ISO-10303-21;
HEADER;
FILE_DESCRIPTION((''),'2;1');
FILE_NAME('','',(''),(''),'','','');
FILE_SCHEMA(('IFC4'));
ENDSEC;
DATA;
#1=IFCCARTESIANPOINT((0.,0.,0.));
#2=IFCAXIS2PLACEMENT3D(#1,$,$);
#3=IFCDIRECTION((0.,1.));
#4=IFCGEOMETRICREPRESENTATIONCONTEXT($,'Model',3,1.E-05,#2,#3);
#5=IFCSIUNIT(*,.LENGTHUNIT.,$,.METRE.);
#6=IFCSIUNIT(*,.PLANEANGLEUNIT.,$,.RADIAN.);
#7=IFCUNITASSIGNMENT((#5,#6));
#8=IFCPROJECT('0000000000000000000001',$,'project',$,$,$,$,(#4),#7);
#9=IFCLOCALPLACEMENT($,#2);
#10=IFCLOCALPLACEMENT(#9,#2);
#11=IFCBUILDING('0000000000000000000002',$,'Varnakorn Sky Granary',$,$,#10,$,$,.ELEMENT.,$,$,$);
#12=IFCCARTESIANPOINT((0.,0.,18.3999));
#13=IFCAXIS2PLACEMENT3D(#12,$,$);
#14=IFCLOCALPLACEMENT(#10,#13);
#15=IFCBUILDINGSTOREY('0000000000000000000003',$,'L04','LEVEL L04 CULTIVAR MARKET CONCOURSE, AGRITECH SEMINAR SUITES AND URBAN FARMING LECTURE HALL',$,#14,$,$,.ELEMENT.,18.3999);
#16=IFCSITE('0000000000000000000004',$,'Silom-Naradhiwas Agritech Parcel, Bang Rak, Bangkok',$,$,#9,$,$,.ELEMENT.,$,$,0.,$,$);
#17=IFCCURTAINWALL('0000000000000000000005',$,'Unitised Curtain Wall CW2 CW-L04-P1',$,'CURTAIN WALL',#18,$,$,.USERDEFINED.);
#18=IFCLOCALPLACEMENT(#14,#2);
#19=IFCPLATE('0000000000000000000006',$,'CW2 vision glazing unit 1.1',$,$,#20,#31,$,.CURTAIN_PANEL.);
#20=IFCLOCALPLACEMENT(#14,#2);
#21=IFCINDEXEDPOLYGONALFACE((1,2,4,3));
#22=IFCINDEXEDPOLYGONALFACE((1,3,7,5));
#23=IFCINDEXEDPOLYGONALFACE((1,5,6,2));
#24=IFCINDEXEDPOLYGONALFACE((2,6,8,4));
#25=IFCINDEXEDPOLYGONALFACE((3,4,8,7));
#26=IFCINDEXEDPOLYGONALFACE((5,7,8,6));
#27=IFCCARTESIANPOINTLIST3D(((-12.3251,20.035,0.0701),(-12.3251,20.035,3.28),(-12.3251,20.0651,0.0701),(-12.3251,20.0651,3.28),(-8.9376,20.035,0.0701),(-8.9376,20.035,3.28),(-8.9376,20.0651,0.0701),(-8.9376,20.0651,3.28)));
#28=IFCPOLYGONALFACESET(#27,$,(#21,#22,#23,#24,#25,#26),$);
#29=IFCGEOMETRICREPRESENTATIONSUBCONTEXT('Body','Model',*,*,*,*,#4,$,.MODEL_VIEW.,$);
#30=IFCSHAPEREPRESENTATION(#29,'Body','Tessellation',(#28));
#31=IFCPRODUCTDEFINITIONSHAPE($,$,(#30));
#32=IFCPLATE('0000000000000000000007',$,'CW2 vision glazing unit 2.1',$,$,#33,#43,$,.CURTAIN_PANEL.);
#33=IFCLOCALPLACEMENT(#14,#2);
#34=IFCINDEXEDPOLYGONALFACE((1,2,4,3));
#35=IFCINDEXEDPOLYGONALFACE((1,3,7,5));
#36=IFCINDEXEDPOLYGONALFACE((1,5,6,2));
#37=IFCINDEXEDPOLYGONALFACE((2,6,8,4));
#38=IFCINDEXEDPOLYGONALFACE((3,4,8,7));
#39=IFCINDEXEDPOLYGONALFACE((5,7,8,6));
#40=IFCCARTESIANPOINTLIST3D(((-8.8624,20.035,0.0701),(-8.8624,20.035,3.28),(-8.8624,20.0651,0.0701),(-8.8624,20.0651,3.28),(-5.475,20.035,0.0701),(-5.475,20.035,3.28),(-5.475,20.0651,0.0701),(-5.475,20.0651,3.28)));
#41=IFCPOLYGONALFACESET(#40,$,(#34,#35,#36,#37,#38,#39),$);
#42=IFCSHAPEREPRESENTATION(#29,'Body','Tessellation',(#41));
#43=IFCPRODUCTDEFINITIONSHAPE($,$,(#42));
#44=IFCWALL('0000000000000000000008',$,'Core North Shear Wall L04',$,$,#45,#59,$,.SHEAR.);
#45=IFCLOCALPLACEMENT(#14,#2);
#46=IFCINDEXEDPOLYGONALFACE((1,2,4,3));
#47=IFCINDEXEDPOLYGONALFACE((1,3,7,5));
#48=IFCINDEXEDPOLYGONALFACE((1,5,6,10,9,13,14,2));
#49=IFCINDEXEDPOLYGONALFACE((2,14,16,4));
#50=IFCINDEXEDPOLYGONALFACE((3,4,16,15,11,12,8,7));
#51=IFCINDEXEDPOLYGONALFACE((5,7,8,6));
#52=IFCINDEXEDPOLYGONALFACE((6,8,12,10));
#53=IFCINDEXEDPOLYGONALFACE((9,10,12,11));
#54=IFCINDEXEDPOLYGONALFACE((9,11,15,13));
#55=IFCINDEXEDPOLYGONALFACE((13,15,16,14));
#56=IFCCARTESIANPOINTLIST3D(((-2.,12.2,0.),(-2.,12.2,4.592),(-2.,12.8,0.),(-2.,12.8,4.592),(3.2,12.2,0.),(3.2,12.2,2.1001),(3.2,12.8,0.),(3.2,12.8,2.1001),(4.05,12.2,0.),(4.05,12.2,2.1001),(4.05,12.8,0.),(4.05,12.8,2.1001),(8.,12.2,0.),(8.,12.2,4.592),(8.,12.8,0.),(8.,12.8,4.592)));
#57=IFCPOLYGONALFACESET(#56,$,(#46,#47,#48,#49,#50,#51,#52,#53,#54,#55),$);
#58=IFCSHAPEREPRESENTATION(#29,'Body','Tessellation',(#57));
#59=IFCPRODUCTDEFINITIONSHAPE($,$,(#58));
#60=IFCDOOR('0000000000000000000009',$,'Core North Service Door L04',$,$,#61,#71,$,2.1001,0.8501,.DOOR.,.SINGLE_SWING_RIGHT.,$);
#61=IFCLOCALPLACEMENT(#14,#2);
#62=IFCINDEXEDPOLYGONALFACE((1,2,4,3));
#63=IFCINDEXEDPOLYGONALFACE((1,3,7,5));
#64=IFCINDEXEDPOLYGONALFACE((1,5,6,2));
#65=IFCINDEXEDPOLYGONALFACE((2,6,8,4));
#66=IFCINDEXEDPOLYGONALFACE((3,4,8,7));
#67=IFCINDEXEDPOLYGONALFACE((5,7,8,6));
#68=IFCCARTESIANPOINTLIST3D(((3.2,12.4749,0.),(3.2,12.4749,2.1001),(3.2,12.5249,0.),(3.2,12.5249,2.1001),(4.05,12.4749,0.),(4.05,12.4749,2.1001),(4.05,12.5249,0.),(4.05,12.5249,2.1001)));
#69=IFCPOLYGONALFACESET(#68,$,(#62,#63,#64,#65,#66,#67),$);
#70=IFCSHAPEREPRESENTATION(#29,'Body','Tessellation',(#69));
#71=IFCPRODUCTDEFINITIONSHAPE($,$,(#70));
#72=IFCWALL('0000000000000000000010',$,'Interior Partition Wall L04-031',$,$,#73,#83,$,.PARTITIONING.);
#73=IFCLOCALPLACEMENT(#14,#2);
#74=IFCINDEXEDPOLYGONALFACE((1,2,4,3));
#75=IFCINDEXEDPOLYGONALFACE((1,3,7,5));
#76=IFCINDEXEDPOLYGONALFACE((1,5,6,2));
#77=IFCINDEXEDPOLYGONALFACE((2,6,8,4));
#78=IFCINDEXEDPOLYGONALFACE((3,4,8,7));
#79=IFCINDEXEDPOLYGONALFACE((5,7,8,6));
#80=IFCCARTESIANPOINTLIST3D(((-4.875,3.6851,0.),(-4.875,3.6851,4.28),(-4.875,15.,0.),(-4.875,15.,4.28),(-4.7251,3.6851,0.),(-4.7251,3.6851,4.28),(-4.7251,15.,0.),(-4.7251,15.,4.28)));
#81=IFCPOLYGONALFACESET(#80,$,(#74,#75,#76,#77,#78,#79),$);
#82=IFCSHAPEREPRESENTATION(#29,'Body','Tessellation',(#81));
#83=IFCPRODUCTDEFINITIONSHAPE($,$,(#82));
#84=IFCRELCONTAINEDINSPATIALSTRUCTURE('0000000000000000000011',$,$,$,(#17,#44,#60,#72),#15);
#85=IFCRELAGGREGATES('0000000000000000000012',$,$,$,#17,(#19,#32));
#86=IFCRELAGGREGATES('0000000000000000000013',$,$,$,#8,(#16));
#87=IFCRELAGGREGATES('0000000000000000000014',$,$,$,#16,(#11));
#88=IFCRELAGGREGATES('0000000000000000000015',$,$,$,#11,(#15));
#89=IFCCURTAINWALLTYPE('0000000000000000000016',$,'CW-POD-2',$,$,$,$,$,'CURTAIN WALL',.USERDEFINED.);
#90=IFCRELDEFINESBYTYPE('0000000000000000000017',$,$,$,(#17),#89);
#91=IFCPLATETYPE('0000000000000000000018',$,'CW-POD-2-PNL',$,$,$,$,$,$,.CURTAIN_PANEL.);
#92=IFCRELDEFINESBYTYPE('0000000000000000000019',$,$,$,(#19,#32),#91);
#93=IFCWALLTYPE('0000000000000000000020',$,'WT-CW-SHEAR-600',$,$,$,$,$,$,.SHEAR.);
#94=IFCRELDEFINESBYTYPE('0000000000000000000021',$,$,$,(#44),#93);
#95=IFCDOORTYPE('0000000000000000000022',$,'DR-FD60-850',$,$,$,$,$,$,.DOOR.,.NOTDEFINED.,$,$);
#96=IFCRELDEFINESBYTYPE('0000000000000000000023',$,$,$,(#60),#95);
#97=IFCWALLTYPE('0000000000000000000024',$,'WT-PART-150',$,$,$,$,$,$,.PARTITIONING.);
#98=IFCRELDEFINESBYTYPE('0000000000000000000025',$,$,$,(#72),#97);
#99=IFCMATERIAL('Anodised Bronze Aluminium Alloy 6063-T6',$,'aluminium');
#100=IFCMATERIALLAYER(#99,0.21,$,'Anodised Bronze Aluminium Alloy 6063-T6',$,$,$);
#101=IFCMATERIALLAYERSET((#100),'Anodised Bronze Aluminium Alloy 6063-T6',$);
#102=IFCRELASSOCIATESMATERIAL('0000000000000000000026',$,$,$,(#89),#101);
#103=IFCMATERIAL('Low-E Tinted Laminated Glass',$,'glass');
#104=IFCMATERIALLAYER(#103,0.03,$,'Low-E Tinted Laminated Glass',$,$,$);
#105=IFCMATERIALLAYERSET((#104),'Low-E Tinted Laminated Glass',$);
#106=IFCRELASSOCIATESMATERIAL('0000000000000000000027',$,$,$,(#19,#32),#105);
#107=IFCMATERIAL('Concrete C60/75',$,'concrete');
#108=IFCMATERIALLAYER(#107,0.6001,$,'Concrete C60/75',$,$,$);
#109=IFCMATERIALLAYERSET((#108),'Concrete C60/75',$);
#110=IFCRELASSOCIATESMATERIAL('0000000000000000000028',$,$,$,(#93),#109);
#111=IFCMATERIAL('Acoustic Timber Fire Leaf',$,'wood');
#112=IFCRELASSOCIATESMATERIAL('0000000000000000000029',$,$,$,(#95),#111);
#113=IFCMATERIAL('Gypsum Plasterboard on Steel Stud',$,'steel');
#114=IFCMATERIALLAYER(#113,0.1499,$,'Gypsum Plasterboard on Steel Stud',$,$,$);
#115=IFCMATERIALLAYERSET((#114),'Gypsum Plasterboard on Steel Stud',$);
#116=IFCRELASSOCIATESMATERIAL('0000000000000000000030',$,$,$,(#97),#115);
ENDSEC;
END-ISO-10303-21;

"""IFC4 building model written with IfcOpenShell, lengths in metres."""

from ifc_helpers import new_model, si_unit, direction, frame, frame_2d, origin, origin_2d, place, context, subcontext, project, spatial, rectangle, extrude, source, transform, mapped, material, layer, layer_set, type_object, type_shapes, element, fill, aggregate, save


model = new_model("IFC4")

# Units and contexts
model_context = context("Model", 3, precision=1e-05, world=origin(), true_north=direction((0.0, 1.0)))
body_context = subcontext(model_context, "Body", "Model", "MODEL_VIEW")
ifc_project = project(units=[si_unit("LENGTHUNIT", "METRE"), si_unit("PLANEANGLEUNIT", "RADIAN")], contexts=[model_context])

# Site, building, storey
site_placement = place(None, origin())
site = spatial("IfcSite", under=ifc_project, at=site_placement, Name="Silom-Naradhiwas Agritech Parcel, Bang Rak, Bangkok", CompositionType="ELEMENT", RefElevation=0.0)
building_placement = place(site_placement, origin())
building = spatial("IfcBuilding", under=site, at=building_placement, Name="Varnakorn Sky Granary", CompositionType="ELEMENT")
storey_placement = place(building_placement, frame((0.0, 0.0, 18.3999)))
storey = spatial("IfcBuildingStorey", under=building, at=storey_placement, Name="L04", Description="LEVEL L04 CULTIVAR MARKET CONCOURSE, AGRITECH SEMINAR SUITES AND URBAN FARMING LECTURE HALL", CompositionType="ELEMENT", Elevation=18.3999)

# Shared definitions
ifc_material_1 = material(Name="Concrete C60/75", Category="concrete")

# Curtain wall, plates
ifc_material_2 = material(Name="Anodised Bronze Aluminium Alloy 6063-T6", Category="aluminium")
ifc_layer_1 = layer(ifc_material_2, 0.21, Name="Anodised Bronze Aluminium Alloy 6063-T6")
ifc_layer_set_1 = layer_set([ifc_layer_1], Name="Anodised Bronze Aluminium Alloy 6063-T6")
curtain_wall_type = type_object("IfcCurtainWallType", Name="CW-POD-2", ElementType="CURTAIN WALL", PredefinedType="USERDEFINED", material=ifc_layer_set_1)
curtain_wall_placement = place(storey_placement, origin())
curtain_wall = element("IfcCurtainWall", 1, at=curtain_wall_placement, inside=storey, type_object=curtain_wall_type, Name="Unitised Curtain Wall CW2 CW-L04-P1", ObjectType="CURTAIN WALL", PredefinedType="USERDEFINED")
ifc_material_3 = material(Name="Low-E Tinted Laminated Glass", Category="glass")
ifc_layer_2 = layer(ifc_material_3, 0.03, Name="Low-E Tinted Laminated Glass")
ifc_layer_set_2 = layer_set([ifc_layer_2], Name="Low-E Tinted Laminated Glass")
plate_type = type_object("IfcPlateType", Name="CW-POD-2-PNL", PredefinedType="CURTAIN_PANEL")
shared_shape = source(origin(), body_context, "Body", "SweptSolid", [
    extrude(rectangle(XDim=3.3875, YDim=0.03, at=origin_2d()), origin(), (0.0, 0.0, 1.0), 3.21),
])
type_shapes(plate_type, [shared_shape])
plate_1_placement = place(storey_placement, frame((-10.6313, 20.05, 0.0701), z_axis=(0.0, 0.0, 1.0), x_axis=(1.0, 0.0, 0.0)))
plate_1 = element("IfcPlate", 2, at=plate_1_placement, type_object=plate_type, material=ifc_layer_set_2, Name="CW2 vision glazing unit 1.1", PredefinedType="CURTAIN_PANEL", context=body_context, shape_type="MappedRepresentation", body=[
    mapped(shared_shape, transform((0.0, 0.0, 0.0), x_axis=(1.0, 0.0, 0.0), y_axis=(0.0, 1.0, 0.0), z_axis=(0.0, 0.0, 1.0), scale=1.0)),
])
plate_2_placement = place(storey_placement, frame((-7.1687, 20.05, 0.0701), z_axis=(0.0, 0.0, 1.0), x_axis=(1.0, 0.0, 0.0)))
plate_2 = element("IfcPlate", 3, at=plate_2_placement, type_object=plate_type, material=ifc_layer_set_2, Name="CW2 vision glazing unit 2.1", PredefinedType="CURTAIN_PANEL", context=body_context, shape_type="MappedRepresentation", body=[
    mapped(shared_shape, transform((0.0, 0.0, 0.0), x_axis=(1.0, 0.0, 0.0), y_axis=(0.0, 1.0, 0.0), z_axis=(0.0, 0.0, 1.0), scale=1.0)),
])
aggregate(curtain_wall, [plate_1, plate_2])

# Wall, opening, door
ifc_layer_3 = layer(ifc_material_1, 0.6001, Name="Concrete C60/75")
ifc_layer_set_3 = layer_set([ifc_layer_3], Name="Concrete C60/75")
wall_type_1 = type_object("IfcWallType", Name="WT-CW-SHEAR-600", PredefinedType="SHEAR", material=ifc_layer_set_3)
wall_1_placement = place(storey_placement, frame((-2.0, 12.5, 0.0), z_axis=(0.0, 0.0, 1.0), x_axis=(1.0, 0.0, 0.0)))
wall_1 = element("IfcWall", 4, at=wall_1_placement, inside=storey, type_object=wall_type_1, Name="Core North Shear Wall L04", PredefinedType="SHEAR", context=body_context, shape_type="SweptSolid", body=[
    extrude(rectangle(XDim=10.0, YDim=0.6001, at=frame_2d((5.0, 0.0))), origin(), (0.0, 0.0, 1.0), 4.592),
])
opening_placement = place(wall_1_placement, frame((5.2, 0.0, 0.0)))
opening = element("IfcOpeningElement", 5, at=opening_placement, cuts=wall_1, PredefinedType="OPENING", context=body_context, shape_type="SweptSolid", body=[
    extrude(rectangle(XDim=0.8501, YDim=2.1001, at=frame_2d((0.425, 1.05))), frame((0.0, 0.3101, 0.0), z_axis=(0.0, -1.0, 0.0), x_axis=(1.0, 0.0, 0.0)), (0.0, 0.0, 1.0), 0.6201),
])
ifc_material_4 = material(Name="Acoustic Timber Fire Leaf", Category="wood")
door_type = type_object("IfcDoorType", Name="DR-FD60-850", OperationType="NOTDEFINED", PredefinedType="DOOR", material=ifc_material_4)
door_placement = place(opening_placement, origin())
door = element("IfcDoor", 6, at=door_placement, inside=storey, type_object=door_type, Name="Core North Service Door L04", OperationType="SINGLE_SWING_RIGHT", OverallHeight=2.1001, OverallWidth=0.8501, PredefinedType="DOOR", context=body_context, shape_type="SweptSolid", body=[
    extrude(rectangle(XDim=0.8501, YDim=2.1001, at=frame_2d((0.425, 1.05))), frame((0.0, 0.0249, 0.0), z_axis=(0.0, -1.0, 0.0), x_axis=(1.0, 0.0, 0.0)), (0.0, 0.0, 1.0), 0.05),
])
fill(opening, door)

# Wall
ifc_material_5 = material(Name="Gypsum Plasterboard on Steel Stud", Category="steel")
ifc_layer_4 = layer(ifc_material_5, 0.1499, Name="Gypsum Plasterboard on Steel Stud")
ifc_layer_set_4 = layer_set([ifc_layer_4], Name="Gypsum Plasterboard on Steel Stud")
wall_type_2 = type_object("IfcWallType", Name="WT-PART-150", PredefinedType="PARTITIONING", material=ifc_layer_set_4)
wall_2_placement = place(storey_placement, frame((-4.8, 15.0, 0.0), z_axis=(0.0, 0.0, 1.0), x_axis=(0.0, -1.0, 0.0)))
element("IfcWall", 7, at=wall_2_placement, inside=storey, type_object=wall_type_2, Name="Interior Partition Wall L04-031", PredefinedType="PARTITIONING", context=body_context, shape_type="SweptSolid", body=[
    extrude(rectangle(XDim=11.3149, YDim=0.1499, at=frame_2d((5.6575, 0.0))), origin(), (0.0, 0.0, 1.0), 4.28),
])

save(model, "model.ifc")
